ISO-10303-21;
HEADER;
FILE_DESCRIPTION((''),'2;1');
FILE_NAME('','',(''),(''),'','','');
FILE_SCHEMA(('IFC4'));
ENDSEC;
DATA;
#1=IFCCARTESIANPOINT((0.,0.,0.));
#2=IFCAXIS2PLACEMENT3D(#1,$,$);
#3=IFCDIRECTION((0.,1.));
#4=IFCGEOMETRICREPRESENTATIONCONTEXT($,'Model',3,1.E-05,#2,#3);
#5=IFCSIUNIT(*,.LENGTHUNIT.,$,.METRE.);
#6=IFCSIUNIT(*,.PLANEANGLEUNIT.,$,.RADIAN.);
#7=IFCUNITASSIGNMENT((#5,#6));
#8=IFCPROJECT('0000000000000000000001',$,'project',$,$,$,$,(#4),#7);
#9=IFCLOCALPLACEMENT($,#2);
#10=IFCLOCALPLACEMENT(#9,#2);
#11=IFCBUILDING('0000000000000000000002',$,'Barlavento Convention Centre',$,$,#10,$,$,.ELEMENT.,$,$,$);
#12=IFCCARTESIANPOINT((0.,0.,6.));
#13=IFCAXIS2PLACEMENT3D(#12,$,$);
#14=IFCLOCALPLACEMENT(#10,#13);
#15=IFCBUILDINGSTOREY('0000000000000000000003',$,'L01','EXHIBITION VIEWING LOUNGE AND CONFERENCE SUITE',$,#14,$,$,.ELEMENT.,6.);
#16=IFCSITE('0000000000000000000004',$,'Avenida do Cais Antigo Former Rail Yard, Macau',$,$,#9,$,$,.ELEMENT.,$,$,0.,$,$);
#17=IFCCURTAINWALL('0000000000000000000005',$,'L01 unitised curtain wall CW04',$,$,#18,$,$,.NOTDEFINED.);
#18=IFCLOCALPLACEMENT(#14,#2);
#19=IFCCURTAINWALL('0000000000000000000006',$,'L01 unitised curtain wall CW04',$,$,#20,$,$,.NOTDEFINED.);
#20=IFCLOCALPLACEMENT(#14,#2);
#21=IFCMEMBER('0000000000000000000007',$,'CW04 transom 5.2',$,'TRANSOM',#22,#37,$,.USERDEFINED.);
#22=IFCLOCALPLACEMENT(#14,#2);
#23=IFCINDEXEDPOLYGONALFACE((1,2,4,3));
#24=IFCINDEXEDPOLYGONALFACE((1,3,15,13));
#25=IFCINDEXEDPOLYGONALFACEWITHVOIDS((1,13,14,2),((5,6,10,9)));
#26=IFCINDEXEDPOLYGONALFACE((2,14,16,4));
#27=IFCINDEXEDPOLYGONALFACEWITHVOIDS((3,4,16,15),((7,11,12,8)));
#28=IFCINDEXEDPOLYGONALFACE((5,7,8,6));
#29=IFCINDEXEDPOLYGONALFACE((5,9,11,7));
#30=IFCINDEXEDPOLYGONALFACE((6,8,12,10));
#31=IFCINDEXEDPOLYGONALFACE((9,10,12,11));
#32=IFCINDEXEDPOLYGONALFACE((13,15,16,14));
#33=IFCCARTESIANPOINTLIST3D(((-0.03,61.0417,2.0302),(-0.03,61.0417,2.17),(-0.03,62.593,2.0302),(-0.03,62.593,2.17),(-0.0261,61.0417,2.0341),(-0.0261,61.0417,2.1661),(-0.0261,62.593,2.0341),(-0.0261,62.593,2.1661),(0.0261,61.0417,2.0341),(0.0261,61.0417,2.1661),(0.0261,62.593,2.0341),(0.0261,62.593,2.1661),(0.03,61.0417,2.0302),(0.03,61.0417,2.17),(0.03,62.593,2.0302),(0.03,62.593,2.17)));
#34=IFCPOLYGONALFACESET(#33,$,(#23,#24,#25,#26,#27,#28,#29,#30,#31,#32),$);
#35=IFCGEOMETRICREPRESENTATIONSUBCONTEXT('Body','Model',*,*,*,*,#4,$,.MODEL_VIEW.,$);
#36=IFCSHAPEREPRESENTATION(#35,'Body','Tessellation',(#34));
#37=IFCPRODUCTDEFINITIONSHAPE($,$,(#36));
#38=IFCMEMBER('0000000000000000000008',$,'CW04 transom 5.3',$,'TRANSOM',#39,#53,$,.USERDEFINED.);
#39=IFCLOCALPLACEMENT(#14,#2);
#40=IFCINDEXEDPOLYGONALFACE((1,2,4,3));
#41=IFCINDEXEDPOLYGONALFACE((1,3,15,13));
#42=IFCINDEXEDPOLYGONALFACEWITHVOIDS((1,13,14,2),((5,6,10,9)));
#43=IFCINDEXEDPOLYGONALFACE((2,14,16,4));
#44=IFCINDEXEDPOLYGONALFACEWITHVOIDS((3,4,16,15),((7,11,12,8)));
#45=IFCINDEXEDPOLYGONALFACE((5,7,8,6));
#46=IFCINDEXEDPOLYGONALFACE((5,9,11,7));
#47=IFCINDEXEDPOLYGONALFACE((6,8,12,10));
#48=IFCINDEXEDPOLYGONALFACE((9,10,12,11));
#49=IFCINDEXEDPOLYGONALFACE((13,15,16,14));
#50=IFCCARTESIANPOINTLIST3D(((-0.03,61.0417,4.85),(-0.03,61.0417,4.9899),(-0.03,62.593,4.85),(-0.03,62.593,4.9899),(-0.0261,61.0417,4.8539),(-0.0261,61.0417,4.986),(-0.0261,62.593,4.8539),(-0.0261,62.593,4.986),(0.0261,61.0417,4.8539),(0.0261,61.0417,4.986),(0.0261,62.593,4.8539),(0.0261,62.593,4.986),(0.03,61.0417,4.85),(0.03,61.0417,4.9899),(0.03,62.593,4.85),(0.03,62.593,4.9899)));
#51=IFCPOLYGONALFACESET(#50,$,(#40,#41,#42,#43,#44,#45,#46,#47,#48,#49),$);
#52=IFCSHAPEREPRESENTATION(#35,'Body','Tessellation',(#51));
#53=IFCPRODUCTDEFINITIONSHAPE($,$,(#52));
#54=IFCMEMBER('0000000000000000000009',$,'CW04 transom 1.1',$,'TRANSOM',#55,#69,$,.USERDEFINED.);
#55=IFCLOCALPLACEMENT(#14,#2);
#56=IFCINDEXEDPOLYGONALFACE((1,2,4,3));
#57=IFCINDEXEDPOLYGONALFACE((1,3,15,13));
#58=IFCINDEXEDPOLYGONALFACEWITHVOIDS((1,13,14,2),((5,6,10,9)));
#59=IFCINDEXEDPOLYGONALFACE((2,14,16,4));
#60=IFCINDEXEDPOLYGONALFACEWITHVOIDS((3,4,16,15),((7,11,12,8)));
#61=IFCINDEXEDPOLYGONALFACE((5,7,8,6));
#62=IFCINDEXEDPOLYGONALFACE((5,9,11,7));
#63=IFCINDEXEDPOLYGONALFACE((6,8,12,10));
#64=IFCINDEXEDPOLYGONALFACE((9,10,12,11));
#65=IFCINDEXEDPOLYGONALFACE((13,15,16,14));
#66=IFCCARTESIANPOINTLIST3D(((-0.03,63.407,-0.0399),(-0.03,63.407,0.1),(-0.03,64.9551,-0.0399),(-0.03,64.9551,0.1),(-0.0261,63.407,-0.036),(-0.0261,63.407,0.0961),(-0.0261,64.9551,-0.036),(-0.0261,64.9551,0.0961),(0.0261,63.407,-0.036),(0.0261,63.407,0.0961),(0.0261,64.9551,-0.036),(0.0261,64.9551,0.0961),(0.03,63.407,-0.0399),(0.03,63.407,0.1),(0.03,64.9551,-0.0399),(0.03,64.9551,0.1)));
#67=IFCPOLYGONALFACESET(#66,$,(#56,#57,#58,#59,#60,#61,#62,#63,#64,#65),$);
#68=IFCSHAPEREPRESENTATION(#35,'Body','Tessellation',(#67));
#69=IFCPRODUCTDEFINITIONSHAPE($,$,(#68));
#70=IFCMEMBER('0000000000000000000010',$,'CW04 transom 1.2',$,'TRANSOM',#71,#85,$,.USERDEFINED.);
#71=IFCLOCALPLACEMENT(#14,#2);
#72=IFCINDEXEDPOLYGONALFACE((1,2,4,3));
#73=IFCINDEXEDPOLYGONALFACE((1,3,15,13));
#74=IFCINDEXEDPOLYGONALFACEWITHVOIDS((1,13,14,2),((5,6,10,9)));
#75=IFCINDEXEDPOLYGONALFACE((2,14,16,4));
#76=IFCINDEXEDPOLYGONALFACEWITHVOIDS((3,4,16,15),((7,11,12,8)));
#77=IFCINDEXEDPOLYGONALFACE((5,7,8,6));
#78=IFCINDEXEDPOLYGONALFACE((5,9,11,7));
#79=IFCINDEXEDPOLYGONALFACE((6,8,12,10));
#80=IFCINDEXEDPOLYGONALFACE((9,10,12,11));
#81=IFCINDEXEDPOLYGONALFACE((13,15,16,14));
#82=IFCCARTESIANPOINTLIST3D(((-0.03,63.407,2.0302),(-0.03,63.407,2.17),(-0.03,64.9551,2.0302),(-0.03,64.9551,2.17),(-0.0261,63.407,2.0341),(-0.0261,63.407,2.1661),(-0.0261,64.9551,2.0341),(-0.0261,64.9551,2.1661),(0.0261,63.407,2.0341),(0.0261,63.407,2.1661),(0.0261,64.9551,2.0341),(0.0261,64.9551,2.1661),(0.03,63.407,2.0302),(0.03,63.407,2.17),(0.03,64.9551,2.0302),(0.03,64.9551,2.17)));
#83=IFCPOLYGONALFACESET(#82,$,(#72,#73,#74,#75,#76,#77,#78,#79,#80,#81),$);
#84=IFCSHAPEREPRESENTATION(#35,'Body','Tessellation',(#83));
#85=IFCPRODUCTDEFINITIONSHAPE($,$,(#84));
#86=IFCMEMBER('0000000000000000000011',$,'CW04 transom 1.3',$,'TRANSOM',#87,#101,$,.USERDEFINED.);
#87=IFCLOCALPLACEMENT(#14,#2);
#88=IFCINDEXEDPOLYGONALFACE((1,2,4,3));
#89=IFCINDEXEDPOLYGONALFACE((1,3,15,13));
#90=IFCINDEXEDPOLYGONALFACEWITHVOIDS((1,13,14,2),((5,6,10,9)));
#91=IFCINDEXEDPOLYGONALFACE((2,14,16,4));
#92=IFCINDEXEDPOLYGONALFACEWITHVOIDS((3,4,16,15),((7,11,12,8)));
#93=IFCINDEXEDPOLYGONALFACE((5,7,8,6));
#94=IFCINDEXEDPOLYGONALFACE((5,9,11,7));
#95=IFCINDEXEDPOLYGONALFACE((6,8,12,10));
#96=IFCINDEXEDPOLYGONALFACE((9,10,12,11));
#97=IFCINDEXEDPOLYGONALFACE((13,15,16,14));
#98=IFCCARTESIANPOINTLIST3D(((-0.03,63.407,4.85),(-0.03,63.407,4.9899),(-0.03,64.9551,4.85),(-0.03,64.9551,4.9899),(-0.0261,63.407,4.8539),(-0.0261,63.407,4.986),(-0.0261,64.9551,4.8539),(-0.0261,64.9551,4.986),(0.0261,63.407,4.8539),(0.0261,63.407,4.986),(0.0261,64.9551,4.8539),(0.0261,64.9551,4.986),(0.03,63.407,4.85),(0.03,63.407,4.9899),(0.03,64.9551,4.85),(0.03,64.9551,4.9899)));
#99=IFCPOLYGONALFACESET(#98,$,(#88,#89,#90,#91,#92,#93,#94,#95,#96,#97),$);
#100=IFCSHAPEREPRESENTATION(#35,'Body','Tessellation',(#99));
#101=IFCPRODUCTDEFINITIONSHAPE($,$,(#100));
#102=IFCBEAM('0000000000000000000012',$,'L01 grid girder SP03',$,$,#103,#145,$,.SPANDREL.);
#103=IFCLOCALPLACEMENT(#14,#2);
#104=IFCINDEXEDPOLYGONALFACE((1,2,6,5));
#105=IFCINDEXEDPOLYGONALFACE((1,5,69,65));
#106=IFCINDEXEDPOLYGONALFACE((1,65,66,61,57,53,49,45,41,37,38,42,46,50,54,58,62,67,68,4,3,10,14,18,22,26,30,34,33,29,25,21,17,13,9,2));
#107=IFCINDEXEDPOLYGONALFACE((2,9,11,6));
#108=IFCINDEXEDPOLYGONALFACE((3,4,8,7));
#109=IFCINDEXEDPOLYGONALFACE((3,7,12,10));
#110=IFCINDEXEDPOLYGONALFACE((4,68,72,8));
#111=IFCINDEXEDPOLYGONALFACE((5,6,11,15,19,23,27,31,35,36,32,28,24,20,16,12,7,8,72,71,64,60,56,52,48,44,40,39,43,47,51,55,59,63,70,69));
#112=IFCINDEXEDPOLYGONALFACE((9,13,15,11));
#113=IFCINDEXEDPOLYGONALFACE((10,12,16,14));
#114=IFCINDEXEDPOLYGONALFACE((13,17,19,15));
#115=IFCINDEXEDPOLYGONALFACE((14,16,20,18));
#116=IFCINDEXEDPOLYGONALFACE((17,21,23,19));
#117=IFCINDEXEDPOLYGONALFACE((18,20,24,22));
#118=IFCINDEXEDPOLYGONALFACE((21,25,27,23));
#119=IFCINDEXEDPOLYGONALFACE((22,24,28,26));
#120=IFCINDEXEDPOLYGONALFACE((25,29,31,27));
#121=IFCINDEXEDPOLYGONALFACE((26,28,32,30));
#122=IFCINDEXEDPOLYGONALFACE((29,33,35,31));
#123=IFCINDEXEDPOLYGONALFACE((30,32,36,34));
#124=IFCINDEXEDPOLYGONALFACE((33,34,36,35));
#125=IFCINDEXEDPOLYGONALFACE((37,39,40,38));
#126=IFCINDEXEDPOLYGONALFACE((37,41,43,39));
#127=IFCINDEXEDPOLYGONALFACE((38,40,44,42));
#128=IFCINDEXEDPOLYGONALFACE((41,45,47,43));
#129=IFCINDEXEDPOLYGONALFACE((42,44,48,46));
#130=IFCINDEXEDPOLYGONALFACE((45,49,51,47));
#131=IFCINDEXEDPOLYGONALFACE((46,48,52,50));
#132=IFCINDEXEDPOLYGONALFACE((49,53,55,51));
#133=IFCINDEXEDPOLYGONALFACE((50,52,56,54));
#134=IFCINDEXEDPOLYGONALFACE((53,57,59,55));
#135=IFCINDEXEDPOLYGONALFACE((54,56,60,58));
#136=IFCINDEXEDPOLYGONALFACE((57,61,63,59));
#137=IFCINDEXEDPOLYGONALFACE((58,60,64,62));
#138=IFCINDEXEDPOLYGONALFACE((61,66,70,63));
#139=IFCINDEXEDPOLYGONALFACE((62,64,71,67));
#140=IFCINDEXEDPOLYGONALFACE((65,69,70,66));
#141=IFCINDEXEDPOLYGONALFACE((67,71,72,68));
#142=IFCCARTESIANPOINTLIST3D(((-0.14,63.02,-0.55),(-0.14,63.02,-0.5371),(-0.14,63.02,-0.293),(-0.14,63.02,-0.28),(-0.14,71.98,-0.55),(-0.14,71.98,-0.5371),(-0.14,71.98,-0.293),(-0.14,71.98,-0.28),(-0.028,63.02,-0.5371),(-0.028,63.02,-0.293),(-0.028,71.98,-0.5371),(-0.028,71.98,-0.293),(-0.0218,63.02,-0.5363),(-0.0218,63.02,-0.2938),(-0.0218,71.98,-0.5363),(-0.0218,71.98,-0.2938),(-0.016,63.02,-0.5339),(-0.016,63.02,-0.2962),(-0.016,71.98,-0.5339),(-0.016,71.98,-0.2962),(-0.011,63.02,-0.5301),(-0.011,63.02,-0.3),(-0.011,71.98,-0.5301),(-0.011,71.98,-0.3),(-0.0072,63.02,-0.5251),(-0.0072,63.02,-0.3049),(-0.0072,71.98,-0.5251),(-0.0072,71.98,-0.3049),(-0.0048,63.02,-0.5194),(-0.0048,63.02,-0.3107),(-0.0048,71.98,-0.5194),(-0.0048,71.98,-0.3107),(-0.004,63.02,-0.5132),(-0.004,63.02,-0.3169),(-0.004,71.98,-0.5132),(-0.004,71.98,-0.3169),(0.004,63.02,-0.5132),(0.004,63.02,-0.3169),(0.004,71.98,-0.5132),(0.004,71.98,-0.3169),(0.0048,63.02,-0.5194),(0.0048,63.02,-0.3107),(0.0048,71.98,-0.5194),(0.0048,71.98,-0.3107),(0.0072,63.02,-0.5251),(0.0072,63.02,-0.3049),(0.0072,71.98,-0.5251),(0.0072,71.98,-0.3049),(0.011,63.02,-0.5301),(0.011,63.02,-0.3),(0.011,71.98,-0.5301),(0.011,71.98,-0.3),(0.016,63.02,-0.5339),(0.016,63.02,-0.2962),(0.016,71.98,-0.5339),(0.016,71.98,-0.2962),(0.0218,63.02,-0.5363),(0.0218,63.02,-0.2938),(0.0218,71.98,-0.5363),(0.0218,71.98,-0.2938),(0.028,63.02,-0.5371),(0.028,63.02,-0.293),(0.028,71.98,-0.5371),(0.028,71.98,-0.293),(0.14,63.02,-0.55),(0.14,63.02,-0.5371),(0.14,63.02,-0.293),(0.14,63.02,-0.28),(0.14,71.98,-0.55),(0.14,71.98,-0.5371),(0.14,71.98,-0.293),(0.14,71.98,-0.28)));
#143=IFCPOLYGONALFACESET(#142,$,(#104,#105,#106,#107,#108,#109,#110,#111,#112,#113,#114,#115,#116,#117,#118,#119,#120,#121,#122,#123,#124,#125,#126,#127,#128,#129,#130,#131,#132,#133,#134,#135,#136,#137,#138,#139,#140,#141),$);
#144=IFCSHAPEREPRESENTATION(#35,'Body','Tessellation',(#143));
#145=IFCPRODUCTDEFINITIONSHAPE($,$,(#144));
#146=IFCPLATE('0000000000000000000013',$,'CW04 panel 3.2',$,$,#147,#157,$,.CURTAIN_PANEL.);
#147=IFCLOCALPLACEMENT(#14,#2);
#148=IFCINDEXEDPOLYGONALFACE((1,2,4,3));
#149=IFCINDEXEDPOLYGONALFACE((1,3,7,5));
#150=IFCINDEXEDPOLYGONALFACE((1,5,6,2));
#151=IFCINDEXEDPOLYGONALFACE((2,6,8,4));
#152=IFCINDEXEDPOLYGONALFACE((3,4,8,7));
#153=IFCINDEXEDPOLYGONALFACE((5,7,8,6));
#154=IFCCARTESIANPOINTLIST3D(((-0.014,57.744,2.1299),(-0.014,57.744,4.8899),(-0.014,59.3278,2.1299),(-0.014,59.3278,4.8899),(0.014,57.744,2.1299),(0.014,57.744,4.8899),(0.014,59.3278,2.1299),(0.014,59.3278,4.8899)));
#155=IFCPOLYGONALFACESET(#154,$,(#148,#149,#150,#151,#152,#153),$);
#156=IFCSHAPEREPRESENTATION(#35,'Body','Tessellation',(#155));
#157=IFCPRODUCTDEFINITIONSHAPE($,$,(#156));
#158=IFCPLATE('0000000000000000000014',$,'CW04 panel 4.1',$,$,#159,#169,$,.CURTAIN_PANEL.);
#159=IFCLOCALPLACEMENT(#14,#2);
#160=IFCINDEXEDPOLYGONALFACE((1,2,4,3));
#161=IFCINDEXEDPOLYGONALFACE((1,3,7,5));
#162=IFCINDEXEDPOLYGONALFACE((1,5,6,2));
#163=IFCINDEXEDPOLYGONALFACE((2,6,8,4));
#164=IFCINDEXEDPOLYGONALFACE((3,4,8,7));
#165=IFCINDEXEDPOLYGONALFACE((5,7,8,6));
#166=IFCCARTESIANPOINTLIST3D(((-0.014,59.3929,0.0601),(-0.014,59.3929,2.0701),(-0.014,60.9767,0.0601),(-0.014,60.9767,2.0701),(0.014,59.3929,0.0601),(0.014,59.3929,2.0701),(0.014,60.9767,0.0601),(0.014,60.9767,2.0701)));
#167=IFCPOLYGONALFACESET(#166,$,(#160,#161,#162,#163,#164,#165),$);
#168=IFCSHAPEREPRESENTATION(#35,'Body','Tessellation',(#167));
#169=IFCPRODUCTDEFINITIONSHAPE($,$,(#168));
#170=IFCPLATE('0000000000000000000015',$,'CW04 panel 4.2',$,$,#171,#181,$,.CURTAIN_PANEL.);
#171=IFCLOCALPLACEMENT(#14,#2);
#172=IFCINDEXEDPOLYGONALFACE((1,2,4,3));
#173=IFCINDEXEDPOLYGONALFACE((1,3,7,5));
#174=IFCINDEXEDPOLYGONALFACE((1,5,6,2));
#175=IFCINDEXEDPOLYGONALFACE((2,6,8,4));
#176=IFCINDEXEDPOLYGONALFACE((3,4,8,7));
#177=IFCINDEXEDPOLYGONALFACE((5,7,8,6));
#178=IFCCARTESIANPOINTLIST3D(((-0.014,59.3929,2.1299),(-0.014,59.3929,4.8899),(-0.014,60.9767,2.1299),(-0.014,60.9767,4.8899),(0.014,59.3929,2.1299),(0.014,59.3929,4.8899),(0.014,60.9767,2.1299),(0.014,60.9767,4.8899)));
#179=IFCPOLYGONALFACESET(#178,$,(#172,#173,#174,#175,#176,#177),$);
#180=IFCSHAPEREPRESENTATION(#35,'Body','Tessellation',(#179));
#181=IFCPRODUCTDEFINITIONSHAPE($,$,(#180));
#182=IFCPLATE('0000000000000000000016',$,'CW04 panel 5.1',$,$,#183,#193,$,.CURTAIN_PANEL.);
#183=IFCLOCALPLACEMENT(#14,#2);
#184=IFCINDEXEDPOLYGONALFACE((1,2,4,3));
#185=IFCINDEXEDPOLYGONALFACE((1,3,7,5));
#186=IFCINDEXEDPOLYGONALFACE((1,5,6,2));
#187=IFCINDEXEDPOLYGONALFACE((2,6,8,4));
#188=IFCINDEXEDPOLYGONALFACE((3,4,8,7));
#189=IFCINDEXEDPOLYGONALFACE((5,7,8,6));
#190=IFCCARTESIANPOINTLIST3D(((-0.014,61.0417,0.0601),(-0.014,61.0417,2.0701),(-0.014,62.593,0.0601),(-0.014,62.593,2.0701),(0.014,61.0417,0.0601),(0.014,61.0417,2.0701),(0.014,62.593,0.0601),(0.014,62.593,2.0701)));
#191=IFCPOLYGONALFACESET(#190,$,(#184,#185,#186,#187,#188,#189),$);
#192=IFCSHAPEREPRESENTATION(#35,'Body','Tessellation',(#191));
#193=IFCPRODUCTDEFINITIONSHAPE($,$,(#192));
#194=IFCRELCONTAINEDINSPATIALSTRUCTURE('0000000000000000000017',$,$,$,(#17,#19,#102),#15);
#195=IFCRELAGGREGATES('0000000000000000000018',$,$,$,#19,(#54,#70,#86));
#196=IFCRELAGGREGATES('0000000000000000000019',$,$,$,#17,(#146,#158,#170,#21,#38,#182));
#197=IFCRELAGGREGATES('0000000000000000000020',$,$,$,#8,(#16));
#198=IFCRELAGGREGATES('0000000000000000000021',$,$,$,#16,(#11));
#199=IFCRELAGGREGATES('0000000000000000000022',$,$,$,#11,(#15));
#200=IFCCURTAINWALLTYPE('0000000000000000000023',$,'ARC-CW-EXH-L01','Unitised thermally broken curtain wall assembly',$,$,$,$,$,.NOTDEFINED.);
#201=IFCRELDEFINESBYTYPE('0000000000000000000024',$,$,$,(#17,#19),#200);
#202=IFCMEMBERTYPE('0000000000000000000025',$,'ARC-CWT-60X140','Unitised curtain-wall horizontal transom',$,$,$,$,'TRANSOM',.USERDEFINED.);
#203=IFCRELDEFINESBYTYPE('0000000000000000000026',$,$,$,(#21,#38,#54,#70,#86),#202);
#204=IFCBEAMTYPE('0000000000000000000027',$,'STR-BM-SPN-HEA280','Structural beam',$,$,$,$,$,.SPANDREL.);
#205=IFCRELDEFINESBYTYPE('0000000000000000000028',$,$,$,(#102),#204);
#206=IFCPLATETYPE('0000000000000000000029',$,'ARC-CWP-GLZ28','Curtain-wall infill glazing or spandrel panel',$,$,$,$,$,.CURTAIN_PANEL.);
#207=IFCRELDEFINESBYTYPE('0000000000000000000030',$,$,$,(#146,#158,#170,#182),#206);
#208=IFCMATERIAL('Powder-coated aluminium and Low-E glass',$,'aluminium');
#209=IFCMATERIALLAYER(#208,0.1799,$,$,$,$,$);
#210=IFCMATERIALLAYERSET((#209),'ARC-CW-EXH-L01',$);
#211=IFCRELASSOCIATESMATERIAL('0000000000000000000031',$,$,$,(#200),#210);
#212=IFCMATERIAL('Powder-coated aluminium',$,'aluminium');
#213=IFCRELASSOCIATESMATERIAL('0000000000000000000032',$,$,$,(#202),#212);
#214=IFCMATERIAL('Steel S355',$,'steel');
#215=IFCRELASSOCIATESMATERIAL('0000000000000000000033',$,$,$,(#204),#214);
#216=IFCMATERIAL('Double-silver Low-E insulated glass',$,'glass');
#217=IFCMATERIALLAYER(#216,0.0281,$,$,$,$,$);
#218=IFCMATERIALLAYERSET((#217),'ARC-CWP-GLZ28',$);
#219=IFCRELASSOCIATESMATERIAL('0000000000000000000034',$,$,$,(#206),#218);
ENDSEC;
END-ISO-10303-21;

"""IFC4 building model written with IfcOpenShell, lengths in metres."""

from ifc_helpers import new_model, si_unit, direction, frame, origin, origin_2d, place, context, subcontext, project, spatial, rectangle, hollow_rectangle, i_section, extrude, material, layer, layer_set, material_profile, profile_set, type_object, element, aggregate, save


model = new_model("IFC4")

# Units and contexts
model_context = context("Model", 3, precision=1e-05, world=origin(), true_north=direction((0.0, 1.0)))
body_context = subcontext(model_context, "Body", "Model", "MODEL_VIEW")
ifc_project = project(units=[si_unit("LENGTHUNIT", "METRE"), si_unit("PLANEANGLEUNIT", "RADIAN")], contexts=[model_context])

# Site, building, storey
site_placement = place(None, origin())
site = spatial("IfcSite", under=ifc_project, at=site_placement, Name="Avenida do Cais Antigo Former Rail Yard, Macau", CompositionType="ELEMENT", RefElevation=0.0)
building_placement = place(site_placement, origin())
building = spatial("IfcBuilding", under=site, at=building_placement, Name="Barlavento Convention Centre", CompositionType="ELEMENT")
storey_placement = place(building_placement, frame((0.0, 0.0, 6.0)))
storey = spatial("IfcBuildingStorey", under=building, at=storey_placement, Name="L01", Description="EXHIBITION VIEWING LOUNGE AND CONFERENCE SUITE", CompositionType="ELEMENT", Elevation=6.0)

# Shared definitions
ifc_material_1 = material(Name="Steel S355", Category="steel")

# Curtain wall
ifc_material_2 = material(Name="Powder-coated aluminium and Low-E glass", Category="aluminium")
ifc_layer_1 = layer(ifc_material_2, 0.1799)
ifc_layer_set_1 = layer_set([ifc_layer_1], Name="ARC-CW-EXH-L01")
curtain_wall_type = type_object("IfcCurtainWallType", Name="ARC-CW-EXH-L01", Description="Unitised thermally broken curtain wall assembly", PredefinedType="NOTDEFINED", material=ifc_layer_set_1)
curtain_wall_1_placement = place(storey_placement, origin())
curtain_wall_1 = element("IfcCurtainWall", 1, at=curtain_wall_1_placement, inside=storey, type_object=curtain_wall_type, Name="L01 unitised curtain wall CW04", PredefinedType="NOTDEFINED")
ifc_material_3 = material(Name="Powder-coated aluminium", Category="aluminium")

# Curtain wall
curtain_wall_2_placement = place(storey_placement, origin())
curtain_wall_2 = element("IfcCurtainWall", 2, at=curtain_wall_2_placement, inside=storey, type_object=curtain_wall_type, Name="L01 unitised curtain wall CW04", PredefinedType="NOTDEFINED")

# Members
ifc_material_profile_1 = material_profile(ifc_material_3, hollow_rectangle(XDim=0.0601, YDim=0.1399, WallThickness=0.0039, at=origin_2d()), Name="AL-TRAN 60x140x4")
ifc_profile_set_1 = profile_set([ifc_material_profile_1], Name="Powder-coated aluminium")
member_type_1 = type_object("IfcMemberType", Name="ARC-CWT-60X140", Description="Unitised curtain-wall horizontal transom", ElementType="TRANSOM", PredefinedType="USERDEFINED", material=ifc_profile_set_1)
member_1_placement = place(storey_placement, frame((0.0, 61.0417, 2.1001), z_axis=(0.0, 1.0, 0.0), x_axis=(-1.0, 0.0, 0.0)))
member_1 = element("IfcMember", 3, at=member_1_placement, type_object=member_type_1, Name="CW04 transom 5.2", ObjectType="TRANSOM", PredefinedType="USERDEFINED", context=body_context, shape_type="SweptSolid", body=[
    extrude(hollow_rectangle(XDim=0.0601, YDim=0.1399, WallThickness=0.0039, at=origin_2d()), origin(), (0.0, 0.0, 1.0), 1.5513),
])
member_2_placement = place(storey_placement, frame((0.0, 61.0417, 4.9199), z_axis=(0.0, 1.0, 0.0), x_axis=(-1.0, 0.0, 0.0)))
member_2 = element("IfcMember", 4, at=member_2_placement, type_object=member_type_1, Name="CW04 transom 5.3", ObjectType="TRANSOM", PredefinedType="USERDEFINED", context=body_context, shape_type="SweptSolid", body=[
    extrude(hollow_rectangle(XDim=0.0601, YDim=0.1399, WallThickness=0.0039, at=origin_2d()), origin(), (0.0, 0.0, 1.0), 1.5513),
])
member_3_placement = place(storey_placement, frame((0.0, 63.407, 0.03), z_axis=(0.0, 1.0, 0.0), x_axis=(-1.0, 0.0, 0.0)))
member_3 = element("IfcMember", 5, at=member_3_placement, type_object=member_type_1, Name="CW04 transom 1.1", ObjectType="TRANSOM", PredefinedType="USERDEFINED", context=body_context, shape_type="SweptSolid", body=[
    extrude(hollow_rectangle(XDim=0.0601, YDim=0.1399, WallThickness=0.0039, at=origin_2d()), origin(), (0.0, 0.0, 1.0), 1.5481),
])
member_4_placement = place(storey_placement, frame((0.0, 63.407, 2.1001), z_axis=(0.0, 1.0, 0.0), x_axis=(-1.0, 0.0, 0.0)))
member_4 = element("IfcMember", 6, at=member_4_placement, type_object=member_type_1, Name="CW04 transom 1.2", ObjectType="TRANSOM", PredefinedType="USERDEFINED", context=body_context, shape_type="SweptSolid", body=[
    extrude(hollow_rectangle(XDim=0.0601, YDim=0.1399, WallThickness=0.0039, at=origin_2d()), origin(), (0.0, 0.0, 1.0), 1.5481),
])
member_5_placement = place(storey_placement, frame((0.0, 63.407, 4.9199), z_axis=(0.0, 1.0, 0.0), x_axis=(-1.0, 0.0, 0.0)))
member_5 = element("IfcMember", 7, at=member_5_placement, type_object=member_type_1, Name="CW04 transom 1.3", ObjectType="TRANSOM", PredefinedType="USERDEFINED", context=body_context, shape_type="SweptSolid", body=[
    extrude(hollow_rectangle(XDim=0.0601, YDim=0.1399, WallThickness=0.0039, at=origin_2d()), origin(), (0.0, 0.0, 1.0), 1.5481),
])
aggregate(curtain_wall_2, [member_3, member_4, member_5])

# Beam
ifc_material_profile_2 = material_profile(ifc_material_1, i_section(OverallWidth=0.28, OverallDepth=0.27, WebThickness=0.0081, FlangeThickness=0.0129, FilletRadius=0.0239, at=origin_2d()), Name="HEA 280")
ifc_profile_set_2 = profile_set([ifc_material_profile_2], Name="Steel S355")
beam_type = type_object("IfcBeamType", Name="STR-BM-SPN-HEA280", Description="Structural beam", PredefinedType="SPANDREL", material=ifc_profile_set_2)
beam_placement = place(storey_placement, frame((0.0, 63.02, -0.415), z_axis=(0.0, 1.0, 0.0), x_axis=(-1.0, 0.0, 0.0)))
element("IfcBeam", 8, at=beam_placement, inside=storey, type_object=beam_type, Name="L01 grid girder SP03", PredefinedType="SPANDREL", context=body_context, shape_type="SweptSolid", body=[
    extrude(i_section(OverallWidth=0.28, OverallDepth=0.27, WebThickness=0.0081, FlangeThickness=0.0129, FilletRadius=0.0239, at=origin_2d()), origin(), (0.0, 0.0, 1.0), 8.96),
])

# Plates
ifc_material_4 = material(Name="Double-silver Low-E insulated glass", Category="glass")
ifc_layer_2 = layer(ifc_material_4, 0.0281)
ifc_layer_set_2 = layer_set([ifc_layer_2], Name="ARC-CWP-GLZ28")
plate_type = type_object("IfcPlateType", Name="ARC-CWP-GLZ28", Description="Curtain-wall infill glazing or spandrel panel", PredefinedType="CURTAIN_PANEL", material=ifc_layer_set_2)
plate_1_placement = place(storey_placement, frame((0.0, 58.5359, 2.1299), z_axis=(0.0, 0.0, 1.0), x_axis=(0.0, 1.0, 0.0)))
plate_1 = element("IfcPlate", 9, at=plate_1_placement, type_object=plate_type, Name="CW04 panel 3.2", PredefinedType="CURTAIN_PANEL", context=body_context, shape_type="SweptSolid", body=[
    extrude(rectangle(XDim=1.5837, YDim=0.0281, at=origin_2d()), origin(), (0.0, 0.0, 1.0), 2.76),
])
plate_2_placement = place(storey_placement, frame((0.0, 60.1848, 0.0601), z_axis=(0.0, 0.0, 1.0), x_axis=(0.0, 1.0, 0.0)))
plate_2 = element("IfcPlate", 10, at=plate_2_placement, type_object=plate_type, Name="CW04 panel 4.1", PredefinedType="CURTAIN_PANEL", context=body_context, shape_type="SweptSolid", body=[
    extrude(rectangle(XDim=1.5837, YDim=0.0281, at=origin_2d()), origin(), (0.0, 0.0, 1.0), 2.01),
])
plate_3_placement = place(storey_placement, frame((0.0, 60.1848, 2.1299), z_axis=(0.0, 0.0, 1.0), x_axis=(0.0, 1.0, 0.0)))
plate_3 = element("IfcPlate", 11, at=plate_3_placement, type_object=plate_type, Name="CW04 panel 4.2", PredefinedType="CURTAIN_PANEL", context=body_context, shape_type="SweptSolid", body=[
    extrude(rectangle(XDim=1.5837, YDim=0.0281, at=origin_2d()), origin(), (0.0, 0.0, 1.0), 2.76),
])
plate_4_placement = place(storey_placement, frame((0.0, 61.8174, 0.0601), z_axis=(0.0, 0.0, 1.0), x_axis=(0.0, 1.0, 0.0)))
plate_4 = element("IfcPlate", 12, at=plate_4_placement, type_object=plate_type, Name="CW04 panel 5.1", PredefinedType="CURTAIN_PANEL", context=body_context, shape_type="SweptSolid", body=[
    extrude(rectangle(XDim=1.5513, YDim=0.0281, at=origin_2d()), origin(), (0.0, 0.0, 1.0), 2.01),
])
aggregate(curtain_wall_1, [plate_1, plate_2, plate_3, member_1, member_2, plate_4])

save(model, "model.ifc")
